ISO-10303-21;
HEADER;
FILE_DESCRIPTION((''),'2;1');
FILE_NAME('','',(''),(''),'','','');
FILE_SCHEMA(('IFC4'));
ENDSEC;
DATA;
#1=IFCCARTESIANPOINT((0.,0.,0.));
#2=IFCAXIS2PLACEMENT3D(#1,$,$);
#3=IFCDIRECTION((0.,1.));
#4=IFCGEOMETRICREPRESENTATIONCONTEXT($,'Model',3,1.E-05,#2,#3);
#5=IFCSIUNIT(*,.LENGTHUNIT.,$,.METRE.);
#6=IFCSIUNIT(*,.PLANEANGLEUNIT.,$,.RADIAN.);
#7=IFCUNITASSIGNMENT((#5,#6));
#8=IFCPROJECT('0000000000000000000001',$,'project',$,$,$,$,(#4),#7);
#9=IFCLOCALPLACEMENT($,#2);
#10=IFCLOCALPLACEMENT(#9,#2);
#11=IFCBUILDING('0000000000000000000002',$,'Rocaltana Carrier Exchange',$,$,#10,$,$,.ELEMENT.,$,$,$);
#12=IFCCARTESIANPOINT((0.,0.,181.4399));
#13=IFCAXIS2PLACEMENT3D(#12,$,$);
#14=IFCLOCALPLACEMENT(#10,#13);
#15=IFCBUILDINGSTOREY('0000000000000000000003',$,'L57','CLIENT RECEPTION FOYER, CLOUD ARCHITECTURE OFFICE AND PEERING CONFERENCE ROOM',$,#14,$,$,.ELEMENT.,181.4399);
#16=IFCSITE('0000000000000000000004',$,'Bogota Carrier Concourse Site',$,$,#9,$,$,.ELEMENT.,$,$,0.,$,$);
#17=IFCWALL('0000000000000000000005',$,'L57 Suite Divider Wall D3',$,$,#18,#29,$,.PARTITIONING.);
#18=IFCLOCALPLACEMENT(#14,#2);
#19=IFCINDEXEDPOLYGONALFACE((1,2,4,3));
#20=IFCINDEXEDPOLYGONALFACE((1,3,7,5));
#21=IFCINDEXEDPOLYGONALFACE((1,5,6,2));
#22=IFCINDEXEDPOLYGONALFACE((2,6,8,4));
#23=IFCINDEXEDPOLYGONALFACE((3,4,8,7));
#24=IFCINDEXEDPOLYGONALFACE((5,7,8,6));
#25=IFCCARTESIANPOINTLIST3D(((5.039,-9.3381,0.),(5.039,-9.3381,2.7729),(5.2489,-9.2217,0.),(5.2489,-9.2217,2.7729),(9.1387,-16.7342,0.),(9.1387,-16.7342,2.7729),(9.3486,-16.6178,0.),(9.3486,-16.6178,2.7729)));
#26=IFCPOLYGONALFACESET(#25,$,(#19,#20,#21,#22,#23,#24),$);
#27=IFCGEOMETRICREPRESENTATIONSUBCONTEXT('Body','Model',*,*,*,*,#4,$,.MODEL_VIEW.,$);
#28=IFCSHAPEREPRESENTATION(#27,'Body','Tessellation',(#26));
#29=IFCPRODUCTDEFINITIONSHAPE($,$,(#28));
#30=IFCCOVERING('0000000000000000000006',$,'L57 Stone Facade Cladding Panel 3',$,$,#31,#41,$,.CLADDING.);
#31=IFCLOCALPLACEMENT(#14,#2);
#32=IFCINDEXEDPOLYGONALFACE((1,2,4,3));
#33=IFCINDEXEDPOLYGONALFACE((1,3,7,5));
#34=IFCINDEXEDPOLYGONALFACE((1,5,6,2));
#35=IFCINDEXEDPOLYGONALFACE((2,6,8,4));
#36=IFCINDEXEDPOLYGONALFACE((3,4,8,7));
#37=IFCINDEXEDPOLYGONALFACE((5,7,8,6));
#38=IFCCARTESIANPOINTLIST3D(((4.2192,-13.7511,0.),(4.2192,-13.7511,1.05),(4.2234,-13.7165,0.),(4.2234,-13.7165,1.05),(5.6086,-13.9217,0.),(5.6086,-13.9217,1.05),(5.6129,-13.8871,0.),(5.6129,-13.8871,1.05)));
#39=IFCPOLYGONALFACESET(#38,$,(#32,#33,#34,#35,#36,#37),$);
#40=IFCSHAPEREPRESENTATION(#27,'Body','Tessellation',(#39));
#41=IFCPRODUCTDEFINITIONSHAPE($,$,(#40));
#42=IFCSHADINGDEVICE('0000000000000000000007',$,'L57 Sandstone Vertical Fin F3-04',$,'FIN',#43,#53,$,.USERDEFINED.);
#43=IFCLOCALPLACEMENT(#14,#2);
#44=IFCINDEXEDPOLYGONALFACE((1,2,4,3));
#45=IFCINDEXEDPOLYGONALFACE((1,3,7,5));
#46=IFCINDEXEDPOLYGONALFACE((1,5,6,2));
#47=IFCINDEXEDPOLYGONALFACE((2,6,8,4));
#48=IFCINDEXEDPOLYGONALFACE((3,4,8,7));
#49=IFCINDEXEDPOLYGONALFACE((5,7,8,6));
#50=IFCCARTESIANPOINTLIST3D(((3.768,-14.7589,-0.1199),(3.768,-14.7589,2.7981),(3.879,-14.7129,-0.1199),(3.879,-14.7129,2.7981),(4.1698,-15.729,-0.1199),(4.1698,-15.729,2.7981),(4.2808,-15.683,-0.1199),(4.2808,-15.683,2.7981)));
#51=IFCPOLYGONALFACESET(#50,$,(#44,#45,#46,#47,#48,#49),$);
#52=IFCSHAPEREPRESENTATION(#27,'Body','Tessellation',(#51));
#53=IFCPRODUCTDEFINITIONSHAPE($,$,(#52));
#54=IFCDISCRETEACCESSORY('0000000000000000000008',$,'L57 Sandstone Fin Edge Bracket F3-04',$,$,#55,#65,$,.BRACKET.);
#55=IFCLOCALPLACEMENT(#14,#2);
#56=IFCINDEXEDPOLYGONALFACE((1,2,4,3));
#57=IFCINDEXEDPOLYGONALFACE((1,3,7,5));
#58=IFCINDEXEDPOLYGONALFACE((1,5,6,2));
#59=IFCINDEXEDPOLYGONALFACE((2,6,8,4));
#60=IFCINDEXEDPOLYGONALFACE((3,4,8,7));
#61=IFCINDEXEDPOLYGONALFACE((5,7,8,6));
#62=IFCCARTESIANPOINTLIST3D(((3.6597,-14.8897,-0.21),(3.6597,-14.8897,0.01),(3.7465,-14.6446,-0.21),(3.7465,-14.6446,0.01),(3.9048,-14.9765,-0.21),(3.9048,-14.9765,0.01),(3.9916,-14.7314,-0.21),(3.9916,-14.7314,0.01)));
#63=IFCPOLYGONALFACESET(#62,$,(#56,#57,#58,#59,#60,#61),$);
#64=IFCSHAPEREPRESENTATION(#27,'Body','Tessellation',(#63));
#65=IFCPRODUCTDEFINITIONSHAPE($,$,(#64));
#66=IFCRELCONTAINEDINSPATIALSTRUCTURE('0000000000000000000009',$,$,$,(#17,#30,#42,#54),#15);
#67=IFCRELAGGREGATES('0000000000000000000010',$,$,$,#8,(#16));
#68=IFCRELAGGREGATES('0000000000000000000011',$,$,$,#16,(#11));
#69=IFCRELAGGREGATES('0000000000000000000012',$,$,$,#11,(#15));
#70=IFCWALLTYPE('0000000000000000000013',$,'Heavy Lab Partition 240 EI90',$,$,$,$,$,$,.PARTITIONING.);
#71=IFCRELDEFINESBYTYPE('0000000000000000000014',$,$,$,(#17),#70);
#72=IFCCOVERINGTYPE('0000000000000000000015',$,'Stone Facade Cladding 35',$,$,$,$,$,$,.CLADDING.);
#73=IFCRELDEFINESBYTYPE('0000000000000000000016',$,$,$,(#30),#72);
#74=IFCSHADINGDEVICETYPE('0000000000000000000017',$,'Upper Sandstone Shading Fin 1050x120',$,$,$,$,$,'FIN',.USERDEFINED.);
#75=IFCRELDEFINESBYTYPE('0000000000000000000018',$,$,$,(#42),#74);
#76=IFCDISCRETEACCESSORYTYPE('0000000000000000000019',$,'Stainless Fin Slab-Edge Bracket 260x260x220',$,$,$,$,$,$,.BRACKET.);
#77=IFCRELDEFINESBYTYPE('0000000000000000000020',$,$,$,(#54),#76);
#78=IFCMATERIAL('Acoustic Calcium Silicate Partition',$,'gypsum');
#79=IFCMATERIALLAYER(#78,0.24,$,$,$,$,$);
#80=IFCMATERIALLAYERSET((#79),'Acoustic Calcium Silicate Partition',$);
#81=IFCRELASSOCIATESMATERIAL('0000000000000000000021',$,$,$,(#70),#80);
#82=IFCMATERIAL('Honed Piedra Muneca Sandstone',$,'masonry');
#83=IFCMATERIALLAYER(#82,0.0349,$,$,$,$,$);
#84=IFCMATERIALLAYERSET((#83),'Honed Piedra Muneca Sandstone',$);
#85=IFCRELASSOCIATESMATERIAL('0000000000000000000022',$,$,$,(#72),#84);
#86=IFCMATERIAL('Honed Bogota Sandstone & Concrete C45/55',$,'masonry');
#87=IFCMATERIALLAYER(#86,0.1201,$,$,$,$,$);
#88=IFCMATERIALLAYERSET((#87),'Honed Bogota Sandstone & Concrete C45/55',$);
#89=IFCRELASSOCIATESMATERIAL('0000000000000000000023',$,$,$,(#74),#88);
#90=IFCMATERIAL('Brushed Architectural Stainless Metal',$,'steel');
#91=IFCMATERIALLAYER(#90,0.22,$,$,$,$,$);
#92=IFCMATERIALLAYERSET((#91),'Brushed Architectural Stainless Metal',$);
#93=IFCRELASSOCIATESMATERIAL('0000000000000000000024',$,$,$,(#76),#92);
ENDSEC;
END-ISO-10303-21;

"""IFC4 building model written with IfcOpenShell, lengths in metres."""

from ifc_helpers import new_model, si_unit, direction, frame, frame_2d, origin, origin_2d, place, context, subcontext, project, spatial, rectangle, extrude, material, layer, layer_set, type_object, element, save


model = new_model("IFC4")

# Units and contexts
model_context = context("Model", 3, precision=1e-05, world=origin(), true_north=direction((0.0, 1.0)))
body_context = subcontext(model_context, "Body", "Model", "MODEL_VIEW")
ifc_project = project(units=[si_unit("LENGTHUNIT", "METRE"), si_unit("PLANEANGLEUNIT", "RADIAN")], contexts=[model_context])

# Site, building, storey
site_placement = place(None, origin())
site = spatial("IfcSite", under=ifc_project, at=site_placement, Name="Bogota Carrier Concourse Site", CompositionType="ELEMENT", RefElevation=0.0)
building_placement = place(site_placement, origin())
building = spatial("IfcBuilding", under=site, at=building_placement, Name="Rocaltana Carrier Exchange", CompositionType="ELEMENT")
storey_placement = place(building_placement, frame((0.0, 0.0, 181.4399)))
storey = spatial("IfcBuildingStorey", under=building, at=storey_placement, Name="L57", Description="CLIENT RECEPTION FOYER, CLOUD ARCHITECTURE OFFICE AND PEERING CONFERENCE ROOM", CompositionType="ELEMENT", Elevation=181.4399)

# Wall
ifc_material_1 = material(Name="Acoustic Calcium Silicate Partition", Category="gypsum")
ifc_layer_1 = layer(ifc_material_1, 0.24)
ifc_layer_set_1 = layer_set([ifc_layer_1], Name="Acoustic Calcium Silicate Partition")
wall_type_1 = type_object("IfcWallType", Name="Heavy Lab Partition 240 EI90", PredefinedType="PARTITIONING", material=ifc_layer_set_1)
wall_1_placement = place(storey_placement, frame((5.144, -9.28, 0.0), z_axis=(0.0, 0.0, 1.0), x_axis=(0.484804, -0.874623, 0.0)))
element("IfcWall", 1, at=wall_1_placement, inside=storey, type_object=wall_type_1, Name="L57 Suite Divider Wall D3", PredefinedType="PARTITIONING", context=body_context, shape_type="SweptSolid", body=[
    extrude(rectangle(XDim=8.4563, YDim=0.24, at=frame_2d((4.228, 0.0))), origin(), (0.0, 0.0, 1.0), 2.7729),
])

# Covering
ifc_material_2 = material(Name="Honed Piedra Muneca Sandstone", Category="masonry")
ifc_layer_2 = layer(ifc_material_2, 0.0349)
ifc_layer_set_2 = layer_set([ifc_layer_2], Name="Honed Piedra Muneca Sandstone")
covering_type = type_object("IfcCoveringType", Name="Stone Facade Cladding 35", PredefinedType="CLADDING", material=ifc_layer_set_2)
covering_placement = place(storey_placement, frame((4.916, -13.8191, 0.0), z_axis=(0.0, 0.0, 1.0), x_axis=(-0.992546, 0.121869, 0.0)))
element("IfcCovering", 2, at=covering_placement, inside=storey, type_object=covering_type, Name="L57 Stone Facade Cladding Panel 3", PredefinedType="CLADDING", context=body_context, shape_type="SweptSolid", body=[
    extrude(rectangle(XDim=1.3999, YDim=0.0349, at=origin_2d()), origin(), (0.0, 0.0, 1.0), 1.05),
])

# Shading device
ifc_material_3 = material(Name="Honed Bogota Sandstone & Concrete C45/55", Category="masonry")
ifc_layer_3 = layer(ifc_material_3, 0.1201)
ifc_layer_set_3 = layer_set([ifc_layer_3], Name="Honed Bogota Sandstone & Concrete C45/55")
shading_device_type = type_object("IfcShadingDeviceType", Name="Upper Sandstone Shading Fin 1050x120", ElementType="FIN", PredefinedType="USERDEFINED", material=ifc_layer_set_3)
shading_device_placement = place(storey_placement, frame((4.0244, -15.2209, -0.1199), z_axis=(0.0, 0.0, 1.0), x_axis=(0.382683, -0.92388, 0.0)))
element("IfcShadingDevice", 3, at=shading_device_placement, inside=storey, type_object=shading_device_type, Name="L57 Sandstone Vertical Fin F3-04", ObjectType="FIN", PredefinedType="USERDEFINED", context=body_context, shape_type="SweptSolid", body=[
    extrude(rectangle(XDim=1.05, YDim=0.1201, at=origin_2d()), origin(), (0.0, 0.0, 1.0), 2.918),
])

# Discrete accessory
ifc_material_4 = material(Name="Brushed Architectural Stainless Metal", Category="steel")
ifc_layer_4 = layer(ifc_material_4, 0.22)
ifc_layer_set_4 = layer_set([ifc_layer_4], Name="Brushed Architectural Stainless Metal")
discrete_accessory_type = type_object("IfcDiscreteAccessoryType", Name="Stainless Fin Slab-Edge Bracket 260x260x220", PredefinedType="BRACKET", material=ifc_layer_set_4)
discrete_accessory_placement = place(storey_placement, frame((3.8257, -14.8105, -0.21), z_axis=(0.0, 0.0, 1.0), x_axis=(0.942641, -0.333807, 0.0)))
element("IfcDiscreteAccessory", 4, at=discrete_accessory_placement, inside=storey, type_object=discrete_accessory_type, Name="L57 Sandstone Fin Edge Bracket F3-04", PredefinedType="BRACKET", context=body_context, shape_type="SweptSolid", body=[
    extrude(rectangle(XDim=0.26, YDim=0.26, at=origin_2d()), origin(), (0.0, 0.0, 1.0), 0.22),
])

save(model, "model.ifc")
